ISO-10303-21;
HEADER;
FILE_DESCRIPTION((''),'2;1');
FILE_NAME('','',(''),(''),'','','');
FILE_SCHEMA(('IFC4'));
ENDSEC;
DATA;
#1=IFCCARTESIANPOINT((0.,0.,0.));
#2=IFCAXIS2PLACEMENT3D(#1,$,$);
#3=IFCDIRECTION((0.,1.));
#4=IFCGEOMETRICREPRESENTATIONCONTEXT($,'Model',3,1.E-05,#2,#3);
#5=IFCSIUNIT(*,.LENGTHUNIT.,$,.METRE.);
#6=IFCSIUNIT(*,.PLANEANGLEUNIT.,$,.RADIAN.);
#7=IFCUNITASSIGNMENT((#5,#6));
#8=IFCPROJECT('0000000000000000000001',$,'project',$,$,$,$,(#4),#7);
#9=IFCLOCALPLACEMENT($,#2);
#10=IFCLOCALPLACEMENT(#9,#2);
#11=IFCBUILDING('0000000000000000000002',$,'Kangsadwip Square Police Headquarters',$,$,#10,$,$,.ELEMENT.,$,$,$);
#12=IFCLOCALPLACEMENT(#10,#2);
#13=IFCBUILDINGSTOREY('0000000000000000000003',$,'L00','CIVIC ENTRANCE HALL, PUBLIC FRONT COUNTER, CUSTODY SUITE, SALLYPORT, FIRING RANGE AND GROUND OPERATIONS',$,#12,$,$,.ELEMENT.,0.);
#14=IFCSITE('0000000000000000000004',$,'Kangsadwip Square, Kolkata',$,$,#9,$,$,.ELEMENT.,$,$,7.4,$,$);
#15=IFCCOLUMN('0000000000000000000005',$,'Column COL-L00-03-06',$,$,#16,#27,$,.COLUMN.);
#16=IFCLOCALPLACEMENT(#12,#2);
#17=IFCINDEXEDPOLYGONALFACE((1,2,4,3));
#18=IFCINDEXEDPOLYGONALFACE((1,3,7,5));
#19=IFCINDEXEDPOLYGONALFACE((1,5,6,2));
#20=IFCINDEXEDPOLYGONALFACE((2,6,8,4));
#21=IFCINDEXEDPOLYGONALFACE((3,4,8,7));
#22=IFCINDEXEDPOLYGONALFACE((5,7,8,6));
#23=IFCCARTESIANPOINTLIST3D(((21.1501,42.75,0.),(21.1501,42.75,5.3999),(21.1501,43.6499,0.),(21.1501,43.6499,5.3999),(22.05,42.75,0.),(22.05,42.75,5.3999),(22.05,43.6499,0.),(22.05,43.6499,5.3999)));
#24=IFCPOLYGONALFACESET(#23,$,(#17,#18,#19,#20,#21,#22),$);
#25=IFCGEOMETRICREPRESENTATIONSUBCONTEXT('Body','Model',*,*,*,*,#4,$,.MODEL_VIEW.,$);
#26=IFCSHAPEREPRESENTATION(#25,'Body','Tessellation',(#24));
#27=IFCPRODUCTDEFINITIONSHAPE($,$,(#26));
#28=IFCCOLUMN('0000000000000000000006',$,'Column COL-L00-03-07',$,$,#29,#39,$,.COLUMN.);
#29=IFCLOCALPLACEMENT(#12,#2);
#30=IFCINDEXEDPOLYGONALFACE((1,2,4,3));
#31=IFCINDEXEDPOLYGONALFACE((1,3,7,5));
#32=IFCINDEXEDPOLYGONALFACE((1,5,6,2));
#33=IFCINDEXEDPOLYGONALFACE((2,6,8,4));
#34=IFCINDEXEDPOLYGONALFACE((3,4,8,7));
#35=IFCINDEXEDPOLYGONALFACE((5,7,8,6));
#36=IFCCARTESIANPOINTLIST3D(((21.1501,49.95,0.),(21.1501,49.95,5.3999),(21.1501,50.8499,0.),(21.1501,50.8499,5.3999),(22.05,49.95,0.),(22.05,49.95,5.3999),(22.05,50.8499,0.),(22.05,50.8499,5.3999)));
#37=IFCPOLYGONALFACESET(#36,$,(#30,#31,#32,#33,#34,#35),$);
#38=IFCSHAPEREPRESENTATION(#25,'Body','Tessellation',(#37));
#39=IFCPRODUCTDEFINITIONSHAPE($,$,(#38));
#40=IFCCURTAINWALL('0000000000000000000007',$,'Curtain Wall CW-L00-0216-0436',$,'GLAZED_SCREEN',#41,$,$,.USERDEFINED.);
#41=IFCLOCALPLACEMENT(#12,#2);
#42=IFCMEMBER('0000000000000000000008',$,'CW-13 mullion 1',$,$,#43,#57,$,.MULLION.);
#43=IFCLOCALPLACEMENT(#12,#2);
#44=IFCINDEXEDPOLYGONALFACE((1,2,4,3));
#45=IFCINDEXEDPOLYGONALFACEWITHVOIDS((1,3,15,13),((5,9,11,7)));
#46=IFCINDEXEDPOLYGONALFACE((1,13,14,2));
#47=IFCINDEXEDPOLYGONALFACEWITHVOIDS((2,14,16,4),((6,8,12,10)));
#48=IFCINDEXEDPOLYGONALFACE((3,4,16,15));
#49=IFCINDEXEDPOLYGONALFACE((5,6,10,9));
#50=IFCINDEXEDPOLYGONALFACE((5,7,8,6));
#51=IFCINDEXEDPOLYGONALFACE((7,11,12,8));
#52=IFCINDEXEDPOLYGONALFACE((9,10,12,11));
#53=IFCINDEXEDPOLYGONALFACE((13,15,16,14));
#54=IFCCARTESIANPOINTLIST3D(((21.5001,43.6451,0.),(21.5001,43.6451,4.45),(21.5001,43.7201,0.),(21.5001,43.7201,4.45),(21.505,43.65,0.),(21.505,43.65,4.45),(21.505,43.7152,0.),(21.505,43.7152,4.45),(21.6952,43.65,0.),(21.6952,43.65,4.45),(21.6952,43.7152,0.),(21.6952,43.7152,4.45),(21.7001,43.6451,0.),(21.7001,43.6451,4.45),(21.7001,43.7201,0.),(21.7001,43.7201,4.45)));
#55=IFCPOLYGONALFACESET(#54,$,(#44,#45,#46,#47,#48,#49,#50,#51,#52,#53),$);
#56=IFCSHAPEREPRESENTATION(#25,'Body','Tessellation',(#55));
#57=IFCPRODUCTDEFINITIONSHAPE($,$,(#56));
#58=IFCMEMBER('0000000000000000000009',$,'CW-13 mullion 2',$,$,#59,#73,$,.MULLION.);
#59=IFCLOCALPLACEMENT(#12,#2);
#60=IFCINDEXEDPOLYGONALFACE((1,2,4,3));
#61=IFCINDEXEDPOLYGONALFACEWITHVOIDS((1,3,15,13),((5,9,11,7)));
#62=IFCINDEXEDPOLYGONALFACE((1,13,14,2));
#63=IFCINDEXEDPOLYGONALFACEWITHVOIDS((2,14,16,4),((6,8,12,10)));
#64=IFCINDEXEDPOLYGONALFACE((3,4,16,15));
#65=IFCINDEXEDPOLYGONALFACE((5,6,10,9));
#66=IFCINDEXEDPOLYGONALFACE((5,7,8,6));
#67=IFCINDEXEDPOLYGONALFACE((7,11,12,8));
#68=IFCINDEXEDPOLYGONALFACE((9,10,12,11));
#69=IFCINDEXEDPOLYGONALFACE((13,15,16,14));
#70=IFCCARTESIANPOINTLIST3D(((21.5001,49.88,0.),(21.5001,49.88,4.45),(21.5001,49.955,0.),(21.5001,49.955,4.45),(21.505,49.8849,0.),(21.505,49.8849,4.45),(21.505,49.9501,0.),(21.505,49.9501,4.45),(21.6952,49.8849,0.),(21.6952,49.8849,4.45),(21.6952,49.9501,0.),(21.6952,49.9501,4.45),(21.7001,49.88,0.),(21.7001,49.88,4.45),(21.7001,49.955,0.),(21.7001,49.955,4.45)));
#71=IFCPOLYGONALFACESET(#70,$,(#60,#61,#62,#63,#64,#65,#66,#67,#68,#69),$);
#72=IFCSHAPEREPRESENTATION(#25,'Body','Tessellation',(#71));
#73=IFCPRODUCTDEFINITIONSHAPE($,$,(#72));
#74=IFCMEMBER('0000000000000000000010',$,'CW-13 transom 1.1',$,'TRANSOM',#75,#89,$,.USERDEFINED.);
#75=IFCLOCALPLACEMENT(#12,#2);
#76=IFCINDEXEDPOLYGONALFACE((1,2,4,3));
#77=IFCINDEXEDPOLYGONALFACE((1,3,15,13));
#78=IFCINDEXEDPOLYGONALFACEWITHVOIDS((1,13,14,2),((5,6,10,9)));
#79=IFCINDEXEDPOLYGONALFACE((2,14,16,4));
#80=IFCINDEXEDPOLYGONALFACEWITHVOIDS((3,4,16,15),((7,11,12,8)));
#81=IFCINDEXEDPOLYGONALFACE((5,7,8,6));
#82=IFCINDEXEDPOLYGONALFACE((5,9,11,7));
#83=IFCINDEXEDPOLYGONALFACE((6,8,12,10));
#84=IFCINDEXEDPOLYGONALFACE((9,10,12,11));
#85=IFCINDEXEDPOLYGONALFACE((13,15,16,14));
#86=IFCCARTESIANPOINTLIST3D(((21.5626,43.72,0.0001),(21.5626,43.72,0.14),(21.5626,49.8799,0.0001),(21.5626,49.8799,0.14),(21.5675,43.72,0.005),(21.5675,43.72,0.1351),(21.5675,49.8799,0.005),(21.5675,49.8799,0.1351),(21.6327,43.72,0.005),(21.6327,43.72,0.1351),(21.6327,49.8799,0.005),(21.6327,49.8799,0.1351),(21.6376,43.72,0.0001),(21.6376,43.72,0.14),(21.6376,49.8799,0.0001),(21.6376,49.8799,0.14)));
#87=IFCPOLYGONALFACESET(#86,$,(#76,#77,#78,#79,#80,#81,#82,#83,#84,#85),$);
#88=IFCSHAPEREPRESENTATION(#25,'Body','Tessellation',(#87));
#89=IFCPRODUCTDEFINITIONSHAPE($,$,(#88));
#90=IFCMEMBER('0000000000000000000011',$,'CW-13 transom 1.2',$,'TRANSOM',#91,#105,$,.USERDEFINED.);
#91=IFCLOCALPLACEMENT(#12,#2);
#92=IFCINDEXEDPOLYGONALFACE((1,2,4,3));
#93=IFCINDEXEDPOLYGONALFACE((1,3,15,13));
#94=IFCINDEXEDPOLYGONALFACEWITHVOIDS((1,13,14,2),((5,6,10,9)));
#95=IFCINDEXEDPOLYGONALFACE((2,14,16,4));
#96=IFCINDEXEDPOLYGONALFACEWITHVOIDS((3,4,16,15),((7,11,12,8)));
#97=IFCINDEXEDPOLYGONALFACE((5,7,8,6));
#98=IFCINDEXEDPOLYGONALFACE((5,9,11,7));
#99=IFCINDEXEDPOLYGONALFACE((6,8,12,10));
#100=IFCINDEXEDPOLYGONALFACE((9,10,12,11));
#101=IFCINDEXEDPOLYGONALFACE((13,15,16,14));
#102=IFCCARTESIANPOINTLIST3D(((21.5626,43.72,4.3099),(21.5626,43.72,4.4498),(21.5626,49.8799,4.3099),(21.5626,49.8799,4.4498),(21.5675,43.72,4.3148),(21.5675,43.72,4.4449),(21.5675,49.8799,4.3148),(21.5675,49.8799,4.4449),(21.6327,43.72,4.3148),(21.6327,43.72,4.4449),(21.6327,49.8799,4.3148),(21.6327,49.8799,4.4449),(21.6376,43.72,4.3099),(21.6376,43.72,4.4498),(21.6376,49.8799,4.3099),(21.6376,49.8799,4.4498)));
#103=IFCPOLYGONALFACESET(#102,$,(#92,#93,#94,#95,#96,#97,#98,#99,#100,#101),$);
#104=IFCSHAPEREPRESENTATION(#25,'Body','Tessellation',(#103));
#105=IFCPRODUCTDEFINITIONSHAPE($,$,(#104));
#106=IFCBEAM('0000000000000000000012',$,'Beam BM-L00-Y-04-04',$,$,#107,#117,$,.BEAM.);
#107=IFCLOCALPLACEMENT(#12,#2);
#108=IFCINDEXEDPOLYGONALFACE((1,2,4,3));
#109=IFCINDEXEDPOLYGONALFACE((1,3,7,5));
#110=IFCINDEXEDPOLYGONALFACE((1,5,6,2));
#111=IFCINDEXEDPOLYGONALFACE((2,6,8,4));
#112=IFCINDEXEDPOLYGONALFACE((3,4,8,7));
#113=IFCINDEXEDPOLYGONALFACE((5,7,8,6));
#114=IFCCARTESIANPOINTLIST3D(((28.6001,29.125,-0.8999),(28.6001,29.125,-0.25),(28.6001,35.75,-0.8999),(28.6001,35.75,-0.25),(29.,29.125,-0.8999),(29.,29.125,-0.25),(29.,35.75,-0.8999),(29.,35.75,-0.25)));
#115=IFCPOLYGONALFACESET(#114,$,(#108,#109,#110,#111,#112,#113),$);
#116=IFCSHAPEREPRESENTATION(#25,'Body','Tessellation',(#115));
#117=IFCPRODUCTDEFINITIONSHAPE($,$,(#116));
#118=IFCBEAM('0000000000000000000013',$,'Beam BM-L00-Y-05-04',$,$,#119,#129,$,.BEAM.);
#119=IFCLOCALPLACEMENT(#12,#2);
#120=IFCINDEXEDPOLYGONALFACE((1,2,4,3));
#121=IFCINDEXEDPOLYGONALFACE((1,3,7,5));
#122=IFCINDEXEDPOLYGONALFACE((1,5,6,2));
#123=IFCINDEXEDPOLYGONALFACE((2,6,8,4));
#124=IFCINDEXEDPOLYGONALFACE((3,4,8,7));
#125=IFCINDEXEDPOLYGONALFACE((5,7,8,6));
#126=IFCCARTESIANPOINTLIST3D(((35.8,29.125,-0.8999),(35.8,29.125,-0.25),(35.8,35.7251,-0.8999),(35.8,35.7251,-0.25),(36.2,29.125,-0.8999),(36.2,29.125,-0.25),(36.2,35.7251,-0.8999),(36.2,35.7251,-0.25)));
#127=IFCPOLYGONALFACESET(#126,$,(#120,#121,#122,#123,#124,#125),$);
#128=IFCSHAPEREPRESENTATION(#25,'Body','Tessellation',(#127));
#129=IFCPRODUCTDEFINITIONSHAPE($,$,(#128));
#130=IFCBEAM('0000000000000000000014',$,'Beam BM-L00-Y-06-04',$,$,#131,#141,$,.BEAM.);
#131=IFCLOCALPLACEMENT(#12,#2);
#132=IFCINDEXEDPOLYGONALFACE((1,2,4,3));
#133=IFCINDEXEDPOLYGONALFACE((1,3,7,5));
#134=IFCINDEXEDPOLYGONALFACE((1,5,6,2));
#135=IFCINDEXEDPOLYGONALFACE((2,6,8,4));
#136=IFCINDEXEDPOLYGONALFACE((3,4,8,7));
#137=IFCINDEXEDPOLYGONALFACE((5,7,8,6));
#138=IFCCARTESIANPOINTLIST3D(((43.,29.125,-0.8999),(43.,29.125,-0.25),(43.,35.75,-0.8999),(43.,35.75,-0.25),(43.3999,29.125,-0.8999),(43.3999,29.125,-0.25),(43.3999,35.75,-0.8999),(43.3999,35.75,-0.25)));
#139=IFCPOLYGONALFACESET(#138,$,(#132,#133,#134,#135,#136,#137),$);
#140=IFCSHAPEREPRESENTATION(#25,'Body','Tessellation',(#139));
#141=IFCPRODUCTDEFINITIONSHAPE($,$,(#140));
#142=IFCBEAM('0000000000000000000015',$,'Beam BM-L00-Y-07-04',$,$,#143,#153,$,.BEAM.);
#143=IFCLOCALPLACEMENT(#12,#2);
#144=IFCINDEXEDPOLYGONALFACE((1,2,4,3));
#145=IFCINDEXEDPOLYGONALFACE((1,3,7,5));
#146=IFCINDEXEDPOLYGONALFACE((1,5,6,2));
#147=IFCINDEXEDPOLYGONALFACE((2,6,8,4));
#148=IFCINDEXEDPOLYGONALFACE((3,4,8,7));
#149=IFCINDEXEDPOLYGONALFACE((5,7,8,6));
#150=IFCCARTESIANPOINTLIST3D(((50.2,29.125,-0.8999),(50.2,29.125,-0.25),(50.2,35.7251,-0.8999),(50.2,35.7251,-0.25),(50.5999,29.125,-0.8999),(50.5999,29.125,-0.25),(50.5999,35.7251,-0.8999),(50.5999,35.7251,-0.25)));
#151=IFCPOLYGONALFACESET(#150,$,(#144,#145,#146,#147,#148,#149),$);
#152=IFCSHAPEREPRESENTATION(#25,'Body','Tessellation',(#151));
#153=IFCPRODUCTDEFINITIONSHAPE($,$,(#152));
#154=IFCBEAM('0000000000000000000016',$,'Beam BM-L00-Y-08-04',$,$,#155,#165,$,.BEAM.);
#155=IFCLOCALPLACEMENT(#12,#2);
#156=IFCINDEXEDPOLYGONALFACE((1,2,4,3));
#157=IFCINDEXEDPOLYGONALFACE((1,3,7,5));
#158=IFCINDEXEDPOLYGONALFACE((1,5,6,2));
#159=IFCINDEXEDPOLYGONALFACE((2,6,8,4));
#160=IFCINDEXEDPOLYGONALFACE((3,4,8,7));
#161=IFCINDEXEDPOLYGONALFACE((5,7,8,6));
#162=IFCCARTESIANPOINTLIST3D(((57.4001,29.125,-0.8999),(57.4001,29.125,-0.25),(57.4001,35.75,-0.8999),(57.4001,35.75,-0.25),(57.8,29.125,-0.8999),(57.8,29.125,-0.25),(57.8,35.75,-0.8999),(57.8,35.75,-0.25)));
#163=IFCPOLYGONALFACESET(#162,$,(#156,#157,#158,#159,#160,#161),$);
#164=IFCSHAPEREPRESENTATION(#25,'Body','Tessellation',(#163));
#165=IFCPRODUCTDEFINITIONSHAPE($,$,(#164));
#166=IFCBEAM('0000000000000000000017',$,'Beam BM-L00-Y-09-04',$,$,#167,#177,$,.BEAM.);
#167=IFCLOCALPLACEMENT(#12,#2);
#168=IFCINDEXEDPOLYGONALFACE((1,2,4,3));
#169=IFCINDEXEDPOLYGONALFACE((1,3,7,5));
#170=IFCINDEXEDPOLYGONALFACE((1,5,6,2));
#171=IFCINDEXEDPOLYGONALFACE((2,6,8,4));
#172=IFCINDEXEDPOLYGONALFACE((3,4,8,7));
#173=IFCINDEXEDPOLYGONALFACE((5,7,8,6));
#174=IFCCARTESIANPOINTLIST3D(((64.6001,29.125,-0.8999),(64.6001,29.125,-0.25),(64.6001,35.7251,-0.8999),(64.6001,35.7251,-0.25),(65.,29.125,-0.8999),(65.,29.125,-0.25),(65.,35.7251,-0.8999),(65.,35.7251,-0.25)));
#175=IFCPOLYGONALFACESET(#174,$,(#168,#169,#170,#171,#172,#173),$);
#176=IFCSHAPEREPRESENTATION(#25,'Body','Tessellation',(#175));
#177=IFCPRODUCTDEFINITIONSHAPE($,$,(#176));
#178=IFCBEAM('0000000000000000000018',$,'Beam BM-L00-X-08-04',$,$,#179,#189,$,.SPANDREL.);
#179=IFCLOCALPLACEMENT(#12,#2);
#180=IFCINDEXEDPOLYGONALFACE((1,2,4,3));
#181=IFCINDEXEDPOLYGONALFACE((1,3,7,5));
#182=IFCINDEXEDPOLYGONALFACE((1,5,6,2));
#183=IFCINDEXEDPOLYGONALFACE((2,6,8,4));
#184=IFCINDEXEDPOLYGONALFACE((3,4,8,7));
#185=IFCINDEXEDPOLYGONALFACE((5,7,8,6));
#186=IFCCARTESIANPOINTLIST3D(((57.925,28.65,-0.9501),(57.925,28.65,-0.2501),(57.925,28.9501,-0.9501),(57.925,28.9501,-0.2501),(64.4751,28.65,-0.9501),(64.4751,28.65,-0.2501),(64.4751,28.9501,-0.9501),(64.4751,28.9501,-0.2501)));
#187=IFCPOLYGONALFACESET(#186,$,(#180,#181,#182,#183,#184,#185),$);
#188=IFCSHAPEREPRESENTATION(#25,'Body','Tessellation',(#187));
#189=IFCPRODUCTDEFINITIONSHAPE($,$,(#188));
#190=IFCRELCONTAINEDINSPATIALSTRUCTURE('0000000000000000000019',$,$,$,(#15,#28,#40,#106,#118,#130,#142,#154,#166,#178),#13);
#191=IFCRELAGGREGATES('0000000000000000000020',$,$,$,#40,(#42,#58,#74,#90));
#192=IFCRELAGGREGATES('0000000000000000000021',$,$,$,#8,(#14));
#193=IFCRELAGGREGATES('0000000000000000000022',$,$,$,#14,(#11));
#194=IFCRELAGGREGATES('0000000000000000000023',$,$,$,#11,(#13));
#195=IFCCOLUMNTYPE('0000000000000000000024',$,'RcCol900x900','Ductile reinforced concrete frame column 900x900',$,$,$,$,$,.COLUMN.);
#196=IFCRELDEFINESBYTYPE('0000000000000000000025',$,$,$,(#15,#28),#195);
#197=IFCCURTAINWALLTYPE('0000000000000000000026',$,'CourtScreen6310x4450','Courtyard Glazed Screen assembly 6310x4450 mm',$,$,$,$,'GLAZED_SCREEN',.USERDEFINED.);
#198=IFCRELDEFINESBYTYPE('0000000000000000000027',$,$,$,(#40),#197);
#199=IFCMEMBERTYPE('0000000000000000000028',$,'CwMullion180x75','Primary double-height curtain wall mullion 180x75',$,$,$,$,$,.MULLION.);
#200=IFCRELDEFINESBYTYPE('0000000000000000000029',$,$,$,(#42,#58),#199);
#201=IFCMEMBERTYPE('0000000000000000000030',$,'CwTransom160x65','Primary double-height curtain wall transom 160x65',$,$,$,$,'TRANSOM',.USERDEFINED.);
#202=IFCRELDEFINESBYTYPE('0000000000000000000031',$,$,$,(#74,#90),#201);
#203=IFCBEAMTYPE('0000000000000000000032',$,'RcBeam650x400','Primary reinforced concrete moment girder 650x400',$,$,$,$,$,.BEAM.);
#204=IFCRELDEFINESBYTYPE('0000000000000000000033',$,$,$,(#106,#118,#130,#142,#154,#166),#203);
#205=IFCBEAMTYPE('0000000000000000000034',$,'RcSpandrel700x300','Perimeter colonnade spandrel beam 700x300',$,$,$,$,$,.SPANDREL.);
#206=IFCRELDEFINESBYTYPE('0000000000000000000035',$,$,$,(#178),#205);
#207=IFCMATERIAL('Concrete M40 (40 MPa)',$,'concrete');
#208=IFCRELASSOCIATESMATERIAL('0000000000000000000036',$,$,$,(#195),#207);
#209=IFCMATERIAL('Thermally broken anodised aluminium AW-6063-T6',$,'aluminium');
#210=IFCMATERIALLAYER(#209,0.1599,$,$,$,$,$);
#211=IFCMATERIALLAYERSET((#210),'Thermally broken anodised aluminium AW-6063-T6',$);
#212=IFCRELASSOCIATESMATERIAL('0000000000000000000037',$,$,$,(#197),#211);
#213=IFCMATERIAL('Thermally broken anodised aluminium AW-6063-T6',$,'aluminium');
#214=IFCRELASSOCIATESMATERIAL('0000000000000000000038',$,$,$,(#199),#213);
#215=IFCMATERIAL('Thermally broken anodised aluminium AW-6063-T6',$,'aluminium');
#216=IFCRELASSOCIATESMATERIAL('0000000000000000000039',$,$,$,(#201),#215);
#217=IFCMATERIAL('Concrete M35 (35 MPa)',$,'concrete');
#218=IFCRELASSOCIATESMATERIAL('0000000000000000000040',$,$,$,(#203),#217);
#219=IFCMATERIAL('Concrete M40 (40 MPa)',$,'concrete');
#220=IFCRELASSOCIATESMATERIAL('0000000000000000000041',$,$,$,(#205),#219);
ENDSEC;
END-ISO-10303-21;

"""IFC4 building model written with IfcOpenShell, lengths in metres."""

from ifc_helpers import new_model, si_unit, direction, frame, origin, origin_2d, place, context, subcontext, project, spatial, rectangle, hollow_rectangle, extrude, material, layer, layer_set, material_profile, profile_set, type_object, element, aggregate, save


model = new_model("IFC4")

# Units and contexts
model_context = context("Model", 3, precision=1e-05, world=origin(), true_north=direction((0.0, 1.0)))
body_context = subcontext(model_context, "Body", "Model", "MODEL_VIEW")
ifc_project = project(units=[si_unit("LENGTHUNIT", "METRE"), si_unit("PLANEANGLEUNIT", "RADIAN")], contexts=[model_context])

# Site, building, storey
site_placement = place(None, origin())
site = spatial("IfcSite", under=ifc_project, at=site_placement, Name="Kangsadwip Square, Kolkata", CompositionType="ELEMENT", RefElevation=7.4)
building_placement = place(site_placement, origin())
building = spatial("IfcBuilding", under=site, at=building_placement, Name="Kangsadwip Square Police Headquarters", CompositionType="ELEMENT")
storey_placement = place(building_placement, origin())
storey = spatial("IfcBuildingStorey", under=building, at=storey_placement, Name="L00", Description="CIVIC ENTRANCE HALL, PUBLIC FRONT COUNTER, CUSTODY SUITE, SALLYPORT, FIRING RANGE AND GROUND OPERATIONS", CompositionType="ELEMENT", Elevation=0.0)

# Columns
ifc_material_1 = material(Name="Concrete M40 (40 MPa)", Category="concrete")
ifc_material_profile_1 = material_profile(ifc_material_1, rectangle(XDim=0.8999, YDim=0.8999, at=origin_2d()), Name="RC COL 900X900")
ifc_profile_set_1 = profile_set([ifc_material_profile_1], Name="Concrete M40 (40 MPa)")
column_type = type_object("IfcColumnType", Name="RcCol900x900", Description="Ductile reinforced concrete frame column 900x900", PredefinedType="COLUMN", material=ifc_profile_set_1)
for number, where, z_axis, x_axis, name in (
    (1, (21.6001, 43.2, 0.0), (0.0, 0.0, 1.0), (1.0, 0.0, 0.0), "Column COL-L00-03-06"),
    (2, (21.6001, 50.3999, 0.0), (0.0, 0.0, 1.0), (1.0, 0.0, 0.0), "Column COL-L00-03-07"),
):
    element("IfcColumn", number, at=place(storey_placement, frame(where, z_axis=z_axis, x_axis=x_axis)), inside=storey, type_object=column_type, Name=name, PredefinedType="COLUMN", context=body_context, shape_type="SweptSolid", body=[
        extrude(rectangle(XDim=0.8999, YDim=0.8999, at=origin_2d()), origin(), (0.0, 0.0, 1.0), 5.3999),
    ])

# Curtain wall, members
ifc_material_2 = material(Name="Thermally broken anodised aluminium AW-6063-T6", Category="aluminium")
ifc_layer_1 = layer(ifc_material_2, 0.1599)
ifc_layer_set_1 = layer_set([ifc_layer_1], Name="Thermally broken anodised aluminium AW-6063-T6")
curtain_wall_type = type_object("IfcCurtainWallType", Name="CourtScreen6310x4450", Description="Courtyard Glazed Screen assembly 6310x4450 mm", ElementType="GLAZED_SCREEN", PredefinedType="USERDEFINED", material=ifc_layer_set_1)
curtain_wall_placement = place(storey_placement, origin())
curtain_wall = element("IfcCurtainWall", 3, at=curtain_wall_placement, inside=storey, type_object=curtain_wall_type, Name="Curtain Wall CW-L00-0216-0436", ObjectType="GLAZED_SCREEN", PredefinedType="USERDEFINED")
ifc_material_3 = material(Name="Thermally broken anodised aluminium AW-6063-T6", Category="aluminium")
ifc_material_profile_2 = material_profile(ifc_material_3, hollow_rectangle(XDim=0.075, YDim=0.2, WallThickness=0.0049, at=origin_2d()), Name="CWM 200X75X5")
ifc_profile_set_2 = profile_set([ifc_material_profile_2], Name="Thermally broken anodised aluminium AW-6063-T6")
member_type_1 = type_object("IfcMemberType", Name="CwMullion180x75", Description="Primary double-height curtain wall mullion 180x75", PredefinedType="MULLION", material=ifc_profile_set_2)
member_1_placement = place(storey_placement, frame((21.6001, 43.6826, 0.0), z_axis=(0.0, 0.0, 1.0), x_axis=(0.0, 1.0, 0.0)))
member_1 = element("IfcMember", 4, at=member_1_placement, type_object=member_type_1, Name="CW-13 mullion 1", PredefinedType="MULLION", context=body_context, shape_type="SweptSolid", body=[
    extrude(hollow_rectangle(XDim=0.075, YDim=0.2, WallThickness=0.0049, at=origin_2d()), origin(), (0.0, 0.0, 1.0), 4.45),
])
member_2_placement = place(storey_placement, frame((21.6001, 49.9175, 0.0), z_axis=(0.0, 0.0, 1.0), x_axis=(0.0, 1.0, 0.0)))
member_2 = element("IfcMember", 5, at=member_2_placement, type_object=member_type_1, Name="CW-13 mullion 2", PredefinedType="MULLION", context=body_context, shape_type="SweptSolid", body=[
    extrude(hollow_rectangle(XDim=0.075, YDim=0.2, WallThickness=0.0049, at=origin_2d()), origin(), (0.0, 0.0, 1.0), 4.45),
])
ifc_material_4 = material(Name="Thermally broken anodised aluminium AW-6063-T6", Category="aluminium")
ifc_material_profile_3 = material_profile(ifc_material_4, hollow_rectangle(XDim=0.075, YDim=0.1399, WallThickness=0.0049, at=origin_2d()), Name="CWT 140X75X5")
ifc_profile_set_3 = profile_set([ifc_material_profile_3], Name="Thermally broken anodised aluminium AW-6063-T6")
member_type_2 = type_object("IfcMemberType", Name="CwTransom160x65", Description="Primary double-height curtain wall transom 160x65", ElementType="TRANSOM", PredefinedType="USERDEFINED", material=ifc_profile_set_3)
member_3_placement = place(storey_placement, frame((21.6001, 43.72, 0.0701), z_axis=(0.0, 1.0, 0.0), x_axis=(-1.0, 0.0, 0.0)))
member_3 = element("IfcMember", 6, at=member_3_placement, type_object=member_type_2, Name="CW-13 transom 1.1", ObjectType="TRANSOM", PredefinedType="USERDEFINED", context=body_context, shape_type="SweptSolid", body=[
    extrude(hollow_rectangle(XDim=0.075, YDim=0.1399, WallThickness=0.0049, at=origin_2d()), origin(), (0.0, 0.0, 1.0), 6.1599),
])
member_4_placement = place(storey_placement, frame((21.6001, 43.72, 4.3799), z_axis=(0.0, 1.0, 0.0), x_axis=(-1.0, 0.0, 0.0)))
member_4 = element("IfcMember", 7, at=member_4_placement, type_object=member_type_2, Name="CW-13 transom 1.2", ObjectType="TRANSOM", PredefinedType="USERDEFINED", context=body_context, shape_type="SweptSolid", body=[
    extrude(hollow_rectangle(XDim=0.075, YDim=0.1399, WallThickness=0.0049, at=origin_2d()), origin(), (0.0, 0.0, 1.0), 6.1599),
])

# Beams
ifc_material_5 = material(Name="Concrete M35 (35 MPa)", Category="concrete")
ifc_material_profile_4 = material_profile(ifc_material_5, rectangle(XDim=0.3999, YDim=0.6499, at=origin_2d()), Name="RC BM 650X400")
ifc_profile_set_4 = profile_set([ifc_material_profile_4], Name="Concrete M35 (35 MPa)")
beam_type_1 = type_object("IfcBeamType", Name="RcBeam650x400", Description="Primary reinforced concrete moment girder 650x400", PredefinedType="BEAM", material=ifc_profile_set_4)
beam_1_placement = place(storey_placement, frame((28.8, 29.125, -0.575), z_axis=(0.0, 1.0, 0.0), x_axis=(-1.0, 0.0, 0.0)))
element("IfcBeam", 8, at=beam_1_placement, inside=storey, type_object=beam_type_1, Name="Beam BM-L00-Y-04-04", PredefinedType="BEAM", context=body_context, shape_type="SweptSolid", body=[
    extrude(rectangle(XDim=0.3999, YDim=0.6499, at=origin_2d()), origin(), (0.0, 0.0, 1.0), 6.625),
])
beam_2_placement = place(storey_placement, frame((36.0, 29.125, -0.575), z_axis=(0.0, 1.0, 0.0), x_axis=(-1.0, 0.0, 0.0)))
element("IfcBeam", 9, at=beam_2_placement, inside=storey, type_object=beam_type_1, Name="Beam BM-L00-Y-05-04", PredefinedType="BEAM", context=body_context, shape_type="SweptSolid", body=[
    extrude(rectangle(XDim=0.3999, YDim=0.6499, at=origin_2d()), origin(), (0.0, 0.0, 1.0), 6.6001),
])
beam_3_placement = place(storey_placement, frame((43.2, 29.125, -0.575), z_axis=(0.0, 1.0, 0.0), x_axis=(-1.0, 0.0, 0.0)))
element("IfcBeam", 10, at=beam_3_placement, inside=storey, type_object=beam_type_1, Name="Beam BM-L00-Y-06-04", PredefinedType="BEAM", context=body_context, shape_type="SweptSolid", body=[
    extrude(rectangle(XDim=0.3999, YDim=0.6499, at=origin_2d()), origin(), (0.0, 0.0, 1.0), 6.625),
])
beam_4_placement = place(storey_placement, frame((50.3999, 29.125, -0.575), z_axis=(0.0, 1.0, 0.0), x_axis=(-1.0, 0.0, 0.0)))
element("IfcBeam", 11, at=beam_4_placement, inside=storey, type_object=beam_type_1, Name="Beam BM-L00-Y-07-04", PredefinedType="BEAM", context=body_context, shape_type="SweptSolid", body=[
    extrude(rectangle(XDim=0.3999, YDim=0.6499, at=origin_2d()), origin(), (0.0, 0.0, 1.0), 6.6001),
])
beam_5_placement = place(storey_placement, frame((57.6001, 29.125, -0.575), z_axis=(0.0, 1.0, 0.0), x_axis=(-1.0, 0.0, 0.0)))
element("IfcBeam", 12, at=beam_5_placement, inside=storey, type_object=beam_type_1, Name="Beam BM-L00-Y-08-04", PredefinedType="BEAM", context=body_context, shape_type="SweptSolid", body=[
    extrude(rectangle(XDim=0.3999, YDim=0.6499, at=origin_2d()), origin(), (0.0, 0.0, 1.0), 6.625),
])
beam_6_placement = place(storey_placement, frame((64.8, 29.125, -0.575), z_axis=(0.0, 1.0, 0.0), x_axis=(-1.0, 0.0, 0.0)))
element("IfcBeam", 13, at=beam_6_placement, inside=storey, type_object=beam_type_1, Name="Beam BM-L00-Y-09-04", PredefinedType="BEAM", context=body_context, shape_type="SweptSolid", body=[
    extrude(rectangle(XDim=0.3999, YDim=0.6499, at=origin_2d()), origin(), (0.0, 0.0, 1.0), 6.6001),
])
ifc_material_6 = material(Name="Concrete M40 (40 MPa)", Category="concrete")
ifc_material_profile_5 = material_profile(ifc_material_6, rectangle(XDim=0.3, YDim=0.7, at=origin_2d()), Name="RC SPN 700X300")
ifc_profile_set_5 = profile_set([ifc_material_profile_5], Name="Concrete M40 (40 MPa)")
beam_type_2 = type_object("IfcBeamType", Name="RcSpandrel700x300", Description="Perimeter colonnade spandrel beam 700x300", PredefinedType="SPANDREL", material=ifc_profile_set_5)
beam_7_placement = place(storey_placement, frame((57.925, 28.8, -0.6001), z_axis=(1.0, 0.0, 0.0), x_axis=(0.0, 1.0, 0.0)))
element("IfcBeam", 14, at=beam_7_placement, inside=storey, type_object=beam_type_2, Name="Beam BM-L00-X-08-04", PredefinedType="SPANDREL", context=body_context, shape_type="SweptSolid", body=[
    extrude(rectangle(XDim=0.3, YDim=0.7, at=origin_2d()), origin(), (0.0, 0.0, 1.0), 6.55),
])

aggregate(curtain_wall, [member_1, member_2, member_3, member_4])

save(model, "model.ifc")
